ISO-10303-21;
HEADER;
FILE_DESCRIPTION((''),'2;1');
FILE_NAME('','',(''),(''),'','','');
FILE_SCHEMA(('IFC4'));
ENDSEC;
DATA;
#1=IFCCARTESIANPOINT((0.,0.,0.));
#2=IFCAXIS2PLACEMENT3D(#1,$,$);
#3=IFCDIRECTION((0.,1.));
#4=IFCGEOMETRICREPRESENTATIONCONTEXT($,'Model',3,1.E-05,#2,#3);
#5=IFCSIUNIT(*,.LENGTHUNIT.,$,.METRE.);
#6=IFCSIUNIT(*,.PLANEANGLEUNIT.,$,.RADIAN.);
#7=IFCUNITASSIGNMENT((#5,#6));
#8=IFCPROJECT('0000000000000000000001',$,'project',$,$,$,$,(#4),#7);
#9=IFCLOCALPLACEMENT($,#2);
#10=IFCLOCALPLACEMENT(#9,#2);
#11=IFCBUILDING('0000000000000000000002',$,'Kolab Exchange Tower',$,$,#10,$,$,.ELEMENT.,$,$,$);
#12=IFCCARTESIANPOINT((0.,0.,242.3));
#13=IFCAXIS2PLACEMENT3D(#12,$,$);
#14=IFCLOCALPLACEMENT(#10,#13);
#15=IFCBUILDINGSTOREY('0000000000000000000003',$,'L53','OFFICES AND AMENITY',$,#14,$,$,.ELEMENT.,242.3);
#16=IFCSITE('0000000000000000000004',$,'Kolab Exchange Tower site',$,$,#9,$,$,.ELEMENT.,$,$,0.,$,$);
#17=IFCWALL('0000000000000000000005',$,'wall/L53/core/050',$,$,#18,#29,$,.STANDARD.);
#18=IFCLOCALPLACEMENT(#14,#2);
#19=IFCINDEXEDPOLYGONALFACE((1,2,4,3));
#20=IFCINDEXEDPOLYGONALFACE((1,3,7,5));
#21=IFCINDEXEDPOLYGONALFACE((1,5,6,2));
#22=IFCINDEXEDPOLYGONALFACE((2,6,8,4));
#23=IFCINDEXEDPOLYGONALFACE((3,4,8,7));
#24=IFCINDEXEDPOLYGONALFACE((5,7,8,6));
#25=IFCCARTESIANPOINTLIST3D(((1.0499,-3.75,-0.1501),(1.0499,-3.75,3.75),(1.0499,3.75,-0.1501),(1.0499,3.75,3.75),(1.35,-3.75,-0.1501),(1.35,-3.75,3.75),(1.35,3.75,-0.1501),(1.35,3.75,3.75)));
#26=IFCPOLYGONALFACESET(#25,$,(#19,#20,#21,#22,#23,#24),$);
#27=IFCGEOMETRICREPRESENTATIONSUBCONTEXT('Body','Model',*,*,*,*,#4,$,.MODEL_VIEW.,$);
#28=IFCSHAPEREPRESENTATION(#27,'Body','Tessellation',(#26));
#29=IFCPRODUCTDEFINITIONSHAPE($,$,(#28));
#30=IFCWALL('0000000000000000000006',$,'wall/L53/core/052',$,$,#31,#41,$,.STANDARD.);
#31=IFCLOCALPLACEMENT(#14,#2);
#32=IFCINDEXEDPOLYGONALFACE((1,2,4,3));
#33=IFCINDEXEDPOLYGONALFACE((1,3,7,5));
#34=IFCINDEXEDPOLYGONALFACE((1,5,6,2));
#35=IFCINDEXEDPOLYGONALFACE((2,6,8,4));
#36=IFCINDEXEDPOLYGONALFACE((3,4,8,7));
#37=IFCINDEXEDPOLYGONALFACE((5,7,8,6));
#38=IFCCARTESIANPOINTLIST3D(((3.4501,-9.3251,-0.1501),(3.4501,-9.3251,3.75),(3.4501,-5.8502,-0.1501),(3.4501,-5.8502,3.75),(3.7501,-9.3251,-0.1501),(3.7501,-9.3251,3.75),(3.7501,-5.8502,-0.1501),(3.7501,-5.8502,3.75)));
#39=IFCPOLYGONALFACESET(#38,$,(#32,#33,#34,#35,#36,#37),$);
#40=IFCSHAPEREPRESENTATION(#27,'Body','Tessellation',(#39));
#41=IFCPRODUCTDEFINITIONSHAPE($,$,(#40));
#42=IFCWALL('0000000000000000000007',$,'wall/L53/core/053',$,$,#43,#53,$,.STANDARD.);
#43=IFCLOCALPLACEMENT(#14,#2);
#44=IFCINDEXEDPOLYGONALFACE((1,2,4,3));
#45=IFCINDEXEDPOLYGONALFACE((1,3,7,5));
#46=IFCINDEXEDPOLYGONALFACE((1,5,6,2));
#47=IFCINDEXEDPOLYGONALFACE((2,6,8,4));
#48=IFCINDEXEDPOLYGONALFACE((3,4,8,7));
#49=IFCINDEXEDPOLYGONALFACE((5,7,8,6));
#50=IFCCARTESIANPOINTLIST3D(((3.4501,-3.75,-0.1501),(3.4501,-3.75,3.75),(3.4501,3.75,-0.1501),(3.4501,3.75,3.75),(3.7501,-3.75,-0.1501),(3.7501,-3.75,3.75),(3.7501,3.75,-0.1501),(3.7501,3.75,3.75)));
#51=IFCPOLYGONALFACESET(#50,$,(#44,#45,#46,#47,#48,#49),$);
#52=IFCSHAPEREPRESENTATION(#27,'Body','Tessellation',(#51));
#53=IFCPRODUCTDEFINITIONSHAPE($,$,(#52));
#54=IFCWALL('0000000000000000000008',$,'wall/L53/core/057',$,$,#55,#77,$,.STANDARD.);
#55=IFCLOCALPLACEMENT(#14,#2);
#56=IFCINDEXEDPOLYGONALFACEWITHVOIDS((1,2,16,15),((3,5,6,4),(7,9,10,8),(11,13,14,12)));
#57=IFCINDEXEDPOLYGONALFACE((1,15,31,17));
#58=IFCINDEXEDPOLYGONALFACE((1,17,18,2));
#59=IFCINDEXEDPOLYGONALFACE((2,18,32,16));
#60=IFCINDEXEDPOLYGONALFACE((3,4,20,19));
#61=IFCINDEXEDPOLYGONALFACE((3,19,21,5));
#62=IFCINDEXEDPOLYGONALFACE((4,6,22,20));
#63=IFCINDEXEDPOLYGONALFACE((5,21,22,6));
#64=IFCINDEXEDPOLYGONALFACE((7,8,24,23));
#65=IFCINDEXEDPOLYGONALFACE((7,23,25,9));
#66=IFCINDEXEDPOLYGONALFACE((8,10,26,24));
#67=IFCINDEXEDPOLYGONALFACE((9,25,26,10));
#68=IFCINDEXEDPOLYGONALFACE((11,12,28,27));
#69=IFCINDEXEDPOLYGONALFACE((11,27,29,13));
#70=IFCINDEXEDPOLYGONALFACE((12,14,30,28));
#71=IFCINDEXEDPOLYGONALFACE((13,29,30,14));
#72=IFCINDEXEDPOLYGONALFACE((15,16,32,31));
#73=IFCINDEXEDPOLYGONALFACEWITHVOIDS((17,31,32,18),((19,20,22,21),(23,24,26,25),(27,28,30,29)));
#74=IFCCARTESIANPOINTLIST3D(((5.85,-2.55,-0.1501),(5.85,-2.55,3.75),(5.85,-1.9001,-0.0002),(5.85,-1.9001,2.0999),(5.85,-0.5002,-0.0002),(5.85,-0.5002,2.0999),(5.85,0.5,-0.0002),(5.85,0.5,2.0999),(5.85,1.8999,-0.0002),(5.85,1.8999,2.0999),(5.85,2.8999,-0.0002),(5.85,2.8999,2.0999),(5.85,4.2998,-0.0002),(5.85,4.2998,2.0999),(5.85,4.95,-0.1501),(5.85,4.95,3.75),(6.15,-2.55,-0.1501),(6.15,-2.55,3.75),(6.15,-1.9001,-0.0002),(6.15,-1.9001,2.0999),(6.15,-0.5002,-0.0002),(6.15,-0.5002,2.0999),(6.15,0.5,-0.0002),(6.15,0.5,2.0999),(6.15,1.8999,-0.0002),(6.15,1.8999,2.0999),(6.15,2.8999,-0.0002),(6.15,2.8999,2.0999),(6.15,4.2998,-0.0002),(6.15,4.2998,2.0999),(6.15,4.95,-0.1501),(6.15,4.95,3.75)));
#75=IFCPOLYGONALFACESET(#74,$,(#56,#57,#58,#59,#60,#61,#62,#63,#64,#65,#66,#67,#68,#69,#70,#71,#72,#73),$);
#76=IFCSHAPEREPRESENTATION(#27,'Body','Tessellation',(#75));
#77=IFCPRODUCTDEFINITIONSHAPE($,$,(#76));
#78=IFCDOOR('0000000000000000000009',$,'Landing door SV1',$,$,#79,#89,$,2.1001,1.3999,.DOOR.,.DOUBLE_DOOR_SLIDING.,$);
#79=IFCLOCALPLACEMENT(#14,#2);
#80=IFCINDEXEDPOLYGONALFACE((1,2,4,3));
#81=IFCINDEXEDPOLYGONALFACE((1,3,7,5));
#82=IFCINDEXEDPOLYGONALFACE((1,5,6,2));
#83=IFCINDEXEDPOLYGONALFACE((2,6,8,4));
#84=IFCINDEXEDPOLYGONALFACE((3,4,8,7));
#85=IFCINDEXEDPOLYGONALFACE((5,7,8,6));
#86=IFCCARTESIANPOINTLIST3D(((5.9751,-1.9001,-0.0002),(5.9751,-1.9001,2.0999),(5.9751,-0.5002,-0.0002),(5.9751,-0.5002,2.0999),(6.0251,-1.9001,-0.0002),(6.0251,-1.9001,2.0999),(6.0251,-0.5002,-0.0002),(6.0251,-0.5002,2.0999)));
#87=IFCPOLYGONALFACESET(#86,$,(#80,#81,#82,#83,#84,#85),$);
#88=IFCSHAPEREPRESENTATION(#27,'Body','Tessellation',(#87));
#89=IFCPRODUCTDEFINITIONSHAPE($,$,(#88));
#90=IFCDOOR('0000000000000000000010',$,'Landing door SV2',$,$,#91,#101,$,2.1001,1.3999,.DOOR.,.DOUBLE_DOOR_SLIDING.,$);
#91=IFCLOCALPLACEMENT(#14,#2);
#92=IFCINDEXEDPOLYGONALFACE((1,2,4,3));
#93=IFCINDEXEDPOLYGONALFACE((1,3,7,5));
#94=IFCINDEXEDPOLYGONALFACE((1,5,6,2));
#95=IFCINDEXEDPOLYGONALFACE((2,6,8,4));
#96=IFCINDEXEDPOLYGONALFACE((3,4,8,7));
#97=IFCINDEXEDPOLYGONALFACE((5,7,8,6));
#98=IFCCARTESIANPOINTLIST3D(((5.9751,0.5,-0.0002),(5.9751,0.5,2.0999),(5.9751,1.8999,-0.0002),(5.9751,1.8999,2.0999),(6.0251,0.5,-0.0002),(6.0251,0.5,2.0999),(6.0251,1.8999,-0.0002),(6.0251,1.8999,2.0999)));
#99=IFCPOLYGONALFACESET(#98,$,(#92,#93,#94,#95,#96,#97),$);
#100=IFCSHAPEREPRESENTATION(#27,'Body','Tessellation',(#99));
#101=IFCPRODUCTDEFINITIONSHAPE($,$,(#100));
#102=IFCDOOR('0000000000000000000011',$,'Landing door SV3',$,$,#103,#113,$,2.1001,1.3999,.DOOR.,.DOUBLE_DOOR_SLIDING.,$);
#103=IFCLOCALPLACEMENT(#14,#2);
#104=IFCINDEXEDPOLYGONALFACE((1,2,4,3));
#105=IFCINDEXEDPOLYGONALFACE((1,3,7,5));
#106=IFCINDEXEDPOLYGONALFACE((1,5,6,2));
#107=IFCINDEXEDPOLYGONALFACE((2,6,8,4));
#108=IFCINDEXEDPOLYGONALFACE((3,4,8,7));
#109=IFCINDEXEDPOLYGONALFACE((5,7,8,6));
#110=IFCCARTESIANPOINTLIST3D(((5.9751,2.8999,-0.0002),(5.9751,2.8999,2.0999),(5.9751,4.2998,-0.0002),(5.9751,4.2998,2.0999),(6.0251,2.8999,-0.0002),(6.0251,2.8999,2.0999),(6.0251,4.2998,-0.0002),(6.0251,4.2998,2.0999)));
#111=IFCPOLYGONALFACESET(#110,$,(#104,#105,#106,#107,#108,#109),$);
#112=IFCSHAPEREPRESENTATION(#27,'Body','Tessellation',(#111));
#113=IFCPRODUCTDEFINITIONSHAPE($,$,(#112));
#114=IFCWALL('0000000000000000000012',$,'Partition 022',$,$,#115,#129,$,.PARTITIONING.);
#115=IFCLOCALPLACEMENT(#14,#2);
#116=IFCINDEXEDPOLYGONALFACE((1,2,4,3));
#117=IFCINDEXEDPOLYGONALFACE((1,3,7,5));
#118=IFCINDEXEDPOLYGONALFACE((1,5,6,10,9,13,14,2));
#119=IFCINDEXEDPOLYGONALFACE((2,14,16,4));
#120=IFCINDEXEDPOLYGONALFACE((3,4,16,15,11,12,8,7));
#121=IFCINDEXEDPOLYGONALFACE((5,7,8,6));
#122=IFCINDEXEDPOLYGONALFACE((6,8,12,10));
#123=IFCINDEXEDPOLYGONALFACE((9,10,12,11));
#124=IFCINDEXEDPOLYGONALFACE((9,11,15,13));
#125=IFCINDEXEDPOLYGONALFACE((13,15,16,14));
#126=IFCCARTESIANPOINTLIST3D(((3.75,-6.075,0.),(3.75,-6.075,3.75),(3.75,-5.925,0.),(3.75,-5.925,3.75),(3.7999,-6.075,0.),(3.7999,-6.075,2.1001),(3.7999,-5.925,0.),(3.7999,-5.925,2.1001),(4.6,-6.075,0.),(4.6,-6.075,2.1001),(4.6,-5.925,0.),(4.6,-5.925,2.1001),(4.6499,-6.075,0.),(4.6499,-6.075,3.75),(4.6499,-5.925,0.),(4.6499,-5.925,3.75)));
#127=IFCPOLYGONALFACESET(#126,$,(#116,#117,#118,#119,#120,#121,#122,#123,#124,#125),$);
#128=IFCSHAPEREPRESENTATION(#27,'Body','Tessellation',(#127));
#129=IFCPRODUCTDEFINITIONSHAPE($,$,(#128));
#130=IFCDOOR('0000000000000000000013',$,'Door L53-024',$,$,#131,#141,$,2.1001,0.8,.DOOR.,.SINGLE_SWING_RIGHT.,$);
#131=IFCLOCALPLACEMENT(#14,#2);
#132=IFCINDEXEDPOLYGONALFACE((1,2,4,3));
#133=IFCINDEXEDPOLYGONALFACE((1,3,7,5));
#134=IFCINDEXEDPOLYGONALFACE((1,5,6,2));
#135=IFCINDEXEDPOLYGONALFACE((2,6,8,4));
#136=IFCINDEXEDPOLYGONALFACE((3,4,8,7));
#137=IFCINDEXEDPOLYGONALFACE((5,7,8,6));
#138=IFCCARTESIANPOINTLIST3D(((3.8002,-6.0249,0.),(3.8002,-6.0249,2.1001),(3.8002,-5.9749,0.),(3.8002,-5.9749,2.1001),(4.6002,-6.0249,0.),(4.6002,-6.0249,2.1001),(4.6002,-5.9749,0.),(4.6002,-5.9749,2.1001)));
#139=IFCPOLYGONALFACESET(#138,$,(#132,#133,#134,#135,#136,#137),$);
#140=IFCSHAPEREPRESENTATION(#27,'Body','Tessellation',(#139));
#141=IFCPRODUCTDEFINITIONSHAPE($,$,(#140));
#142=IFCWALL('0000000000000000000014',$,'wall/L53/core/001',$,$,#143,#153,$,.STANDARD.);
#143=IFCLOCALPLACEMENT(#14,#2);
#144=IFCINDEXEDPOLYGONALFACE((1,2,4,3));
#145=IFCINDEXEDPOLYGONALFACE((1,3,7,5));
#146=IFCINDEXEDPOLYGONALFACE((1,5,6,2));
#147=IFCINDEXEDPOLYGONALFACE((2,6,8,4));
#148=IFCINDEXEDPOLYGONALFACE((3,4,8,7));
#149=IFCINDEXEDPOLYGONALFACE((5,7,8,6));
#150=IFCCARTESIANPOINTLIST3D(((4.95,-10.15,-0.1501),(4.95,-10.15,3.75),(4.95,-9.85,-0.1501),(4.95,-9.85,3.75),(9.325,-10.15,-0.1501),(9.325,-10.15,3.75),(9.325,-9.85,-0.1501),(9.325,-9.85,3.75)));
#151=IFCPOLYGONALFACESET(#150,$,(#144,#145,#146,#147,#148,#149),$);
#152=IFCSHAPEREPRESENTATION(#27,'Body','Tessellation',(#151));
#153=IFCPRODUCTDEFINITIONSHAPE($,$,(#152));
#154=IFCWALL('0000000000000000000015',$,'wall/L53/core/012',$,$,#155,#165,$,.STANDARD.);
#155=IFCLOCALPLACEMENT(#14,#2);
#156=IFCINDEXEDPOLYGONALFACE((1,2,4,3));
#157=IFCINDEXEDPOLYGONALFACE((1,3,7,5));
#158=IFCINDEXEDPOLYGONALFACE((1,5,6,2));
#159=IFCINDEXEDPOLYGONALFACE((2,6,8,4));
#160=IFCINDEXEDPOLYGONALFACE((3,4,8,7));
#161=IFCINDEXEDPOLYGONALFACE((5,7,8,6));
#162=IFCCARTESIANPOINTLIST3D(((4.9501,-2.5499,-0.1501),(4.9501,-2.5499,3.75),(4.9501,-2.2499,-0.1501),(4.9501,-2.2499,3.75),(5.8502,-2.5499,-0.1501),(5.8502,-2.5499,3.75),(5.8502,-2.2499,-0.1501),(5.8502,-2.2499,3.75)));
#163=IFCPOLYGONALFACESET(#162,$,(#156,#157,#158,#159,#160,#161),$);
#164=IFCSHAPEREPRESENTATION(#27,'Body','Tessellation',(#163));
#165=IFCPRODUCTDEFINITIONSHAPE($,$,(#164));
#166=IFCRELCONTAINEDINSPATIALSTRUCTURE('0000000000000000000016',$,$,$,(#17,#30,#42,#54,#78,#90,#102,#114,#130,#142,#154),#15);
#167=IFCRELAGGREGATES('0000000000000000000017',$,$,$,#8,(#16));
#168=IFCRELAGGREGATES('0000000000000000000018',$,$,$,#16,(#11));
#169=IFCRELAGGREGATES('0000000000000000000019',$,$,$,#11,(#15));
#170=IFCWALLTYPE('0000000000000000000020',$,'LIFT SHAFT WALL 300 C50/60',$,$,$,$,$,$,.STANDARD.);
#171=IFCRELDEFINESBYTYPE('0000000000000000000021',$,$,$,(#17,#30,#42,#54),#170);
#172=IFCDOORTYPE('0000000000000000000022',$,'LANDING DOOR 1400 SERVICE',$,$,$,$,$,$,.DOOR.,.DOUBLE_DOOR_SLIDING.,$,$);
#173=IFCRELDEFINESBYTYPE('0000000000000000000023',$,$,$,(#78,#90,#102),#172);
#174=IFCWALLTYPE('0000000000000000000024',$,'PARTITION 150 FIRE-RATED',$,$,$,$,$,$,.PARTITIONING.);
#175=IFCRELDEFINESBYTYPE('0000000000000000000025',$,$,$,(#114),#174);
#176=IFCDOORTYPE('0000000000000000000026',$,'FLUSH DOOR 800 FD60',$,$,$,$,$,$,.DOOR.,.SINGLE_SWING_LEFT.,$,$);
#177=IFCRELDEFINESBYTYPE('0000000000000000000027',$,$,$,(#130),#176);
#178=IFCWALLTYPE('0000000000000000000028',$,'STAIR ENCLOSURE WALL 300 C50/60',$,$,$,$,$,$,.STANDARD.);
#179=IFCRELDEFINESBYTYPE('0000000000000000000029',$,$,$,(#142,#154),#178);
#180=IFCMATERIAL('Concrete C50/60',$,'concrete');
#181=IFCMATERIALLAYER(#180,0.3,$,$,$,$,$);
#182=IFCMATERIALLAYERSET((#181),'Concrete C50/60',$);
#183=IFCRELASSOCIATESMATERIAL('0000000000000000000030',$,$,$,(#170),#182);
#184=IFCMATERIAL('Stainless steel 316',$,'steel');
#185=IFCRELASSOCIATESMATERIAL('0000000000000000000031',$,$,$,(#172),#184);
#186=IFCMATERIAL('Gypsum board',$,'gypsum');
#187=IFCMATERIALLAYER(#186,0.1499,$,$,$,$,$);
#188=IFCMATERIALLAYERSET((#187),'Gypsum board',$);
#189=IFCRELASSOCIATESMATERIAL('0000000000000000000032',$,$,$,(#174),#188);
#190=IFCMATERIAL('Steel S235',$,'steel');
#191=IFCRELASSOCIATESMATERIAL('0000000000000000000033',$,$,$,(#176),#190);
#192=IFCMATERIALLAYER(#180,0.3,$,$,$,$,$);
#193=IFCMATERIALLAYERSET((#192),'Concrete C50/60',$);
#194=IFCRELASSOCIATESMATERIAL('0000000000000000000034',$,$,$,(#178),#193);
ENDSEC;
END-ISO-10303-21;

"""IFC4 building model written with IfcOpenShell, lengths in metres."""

from ifc_helpers import new_model, si_unit, direction, frame, frame_2d, origin, place, context, subcontext, project, spatial, rectangle, extrude, material, layer, layer_set, type_object, element, fill, save


model = new_model("IFC4")

# Units and contexts
model_context = context("Model", 3, precision=1e-05, world=origin(), true_north=direction((0.0, 1.0)))
body_context = subcontext(model_context, "Body", "Model", "MODEL_VIEW")
ifc_project = project(units=[si_unit("LENGTHUNIT", "METRE"), si_unit("PLANEANGLEUNIT", "RADIAN")], contexts=[model_context])

# Site, building, storey
site_placement = place(None, origin())
site = spatial("IfcSite", under=ifc_project, at=site_placement, Name="Kolab Exchange Tower site", CompositionType="ELEMENT", RefElevation=0.0)
building_placement = place(site_placement, origin())
building = spatial("IfcBuilding", under=site, at=building_placement, Name="Kolab Exchange Tower", CompositionType="ELEMENT")
storey_placement = place(building_placement, frame((0.0, 0.0, 242.3)))
storey = spatial("IfcBuildingStorey", under=building, at=storey_placement, Name="L53", Description="OFFICES AND AMENITY", CompositionType="ELEMENT", Elevation=242.3)

# Shared definitions
ifc_material_1 = material(Name="Concrete C50/60", Category="concrete")
ifc_layer_1 = layer(ifc_material_1, 0.3)
ifc_layer_set_1 = layer_set([ifc_layer_1], Name="Concrete C50/60")
wall_type_1 = type_object("IfcWallType", Name="LIFT SHAFT WALL 300 C50/60", PredefinedType="STANDARD", material=ifc_layer_set_1)
ifc_material_2 = material(Name="Stainless steel 316", Category="steel")

# Walls
wall_1_placement = place(storey_placement, frame((1.2, -3.75, -0.1501), z_axis=(0.0, 0.0, 1.0), x_axis=(0.0, 1.0, 0.0)))
element("IfcWall", 1, at=wall_1_placement, inside=storey, type_object=wall_type_1, Name="wall/L53/core/050", PredefinedType="STANDARD", context=body_context, shape_type="SweptSolid", body=[
    extrude(rectangle(XDim=7.5, YDim=0.3, at=frame_2d((3.75, 0.0))), origin(), (0.0, 0.0, 1.0), 3.9001),
])
wall_2_placement = place(storey_placement, frame((3.6001, -9.325, -0.1501), z_axis=(0.0, 0.0, 1.0), x_axis=(0.0, 1.0, 0.0)))
element("IfcWall", 2, at=wall_2_placement, inside=storey, type_object=wall_type_1, Name="wall/L53/core/052", PredefinedType="STANDARD", context=body_context, shape_type="SweptSolid", body=[
    extrude(rectangle(XDim=3.4749, YDim=0.3, at=frame_2d((1.7373, 0.0))), origin(), (0.0, 0.0, 1.0), 3.9001),
])
wall_3_placement = place(storey_placement, frame((3.6001, -3.75, -0.1501), z_axis=(0.0, 0.0, 1.0), x_axis=(0.0, 1.0, 0.0)))
element("IfcWall", 3, at=wall_3_placement, inside=storey, type_object=wall_type_1, Name="wall/L53/core/053", PredefinedType="STANDARD", context=body_context, shape_type="SweptSolid", body=[
    extrude(rectangle(XDim=7.5, YDim=0.3, at=frame_2d((3.75, 0.0))), origin(), (0.0, 0.0, 1.0), 3.9001),
])

# Wall, openings, doors
wall_4_placement = place(storey_placement, frame((6.0, -2.55, -0.1501), z_axis=(0.0, 0.0, 1.0), x_axis=(0.0, 1.0, 0.0)))
wall_4 = element("IfcWall", 4, at=wall_4_placement, inside=storey, type_object=wall_type_1, Name="wall/L53/core/057", PredefinedType="STANDARD", context=body_context, shape_type="SweptSolid", body=[
    extrude(rectangle(XDim=7.5, YDim=0.3, at=frame_2d((3.75, 0.0))), origin(), (0.0, 0.0, 1.0), 3.9001),
])
opening_1_placement = place(wall_4_placement, frame((0.6499, 0.0, 0.1499)))
opening_1 = element("IfcOpeningElement", 5, at=opening_1_placement, cuts=wall_4, PredefinedType="OPENING", context=body_context, shape_type="SweptSolid", body=[
    extrude(rectangle(XDim=1.3999, YDim=2.1001, at=frame_2d((0.7, 1.05))), frame((0.0, 0.1602, 0.0), z_axis=(0.0, -1.0, 0.0), x_axis=(1.0, 0.0, 0.0)), (0.0, 0.0, 1.0), 0.3201),
])
opening_2_placement = place(wall_4_placement, frame((3.05, 0.0, 0.1499)))
opening_2 = element("IfcOpeningElement", 6, at=opening_2_placement, cuts=wall_4, PredefinedType="OPENING", context=body_context, shape_type="SweptSolid", body=[
    extrude(rectangle(XDim=1.3999, YDim=2.1001, at=frame_2d((0.7, 1.05))), frame((0.0, 0.1602, 0.0), z_axis=(0.0, -1.0, 0.0), x_axis=(1.0, 0.0, 0.0)), (0.0, 0.0, 1.0), 0.3201),
])
opening_3_placement = place(wall_4_placement, frame((5.45, 0.0, 0.1499)))
opening_3 = element("IfcOpeningElement", 7, at=opening_3_placement, cuts=wall_4, PredefinedType="OPENING", context=body_context, shape_type="SweptSolid", body=[
    extrude(rectangle(XDim=1.3999, YDim=2.1001, at=frame_2d((0.7, 1.05))), frame((0.0, 0.1602, 0.0), z_axis=(0.0, -1.0, 0.0), x_axis=(1.0, 0.0, 0.0)), (0.0, 0.0, 1.0), 0.3201),
])
door_type_1 = type_object("IfcDoorType", Name="LANDING DOOR 1400 SERVICE", OperationType="DOUBLE_DOOR_SLIDING", PredefinedType="DOOR", material=ifc_material_2)
door_1_placement = place(opening_1_placement, origin())
door_1 = element("IfcDoor", 8, at=door_1_placement, inside=storey, type_object=door_type_1, Name="Landing door SV1", OperationType="DOUBLE_DOOR_SLIDING", OverallHeight=2.1001, OverallWidth=1.3999, PredefinedType="DOOR", context=body_context, shape_type="SweptSolid", body=[
    extrude(rectangle(XDim=1.3999, YDim=2.1001, at=frame_2d((0.7, 1.05))), frame((0.0, 0.0249, 0.0), z_axis=(0.0, -1.0, 0.0), x_axis=(1.0, 0.0, 0.0)), (0.0, 0.0, 1.0), 0.05),
])
fill(opening_1, door_1)
door_2_placement = place(opening_2_placement, origin())
door_2 = element("IfcDoor", 9, at=door_2_placement, inside=storey, type_object=door_type_1, Name="Landing door SV2", OperationType="DOUBLE_DOOR_SLIDING", OverallHeight=2.1001, OverallWidth=1.3999, PredefinedType="DOOR", context=body_context, shape_type="SweptSolid", body=[
    extrude(rectangle(XDim=1.3999, YDim=2.1001, at=frame_2d((0.7, 1.05))), frame((0.0, 0.0249, 0.0), z_axis=(0.0, -1.0, 0.0), x_axis=(1.0, 0.0, 0.0)), (0.0, 0.0, 1.0), 0.05),
])
fill(opening_2, door_2)
door_3_placement = place(opening_3_placement, origin())
door_3 = element("IfcDoor", 10, at=door_3_placement, inside=storey, type_object=door_type_1, Name="Landing door SV3", OperationType="DOUBLE_DOOR_SLIDING", OverallHeight=2.1001, OverallWidth=1.3999, PredefinedType="DOOR", context=body_context, shape_type="SweptSolid", body=[
    extrude(rectangle(XDim=1.3999, YDim=2.1001, at=frame_2d((0.7, 1.05))), frame((0.0, 0.0249, 0.0), z_axis=(0.0, -1.0, 0.0), x_axis=(1.0, 0.0, 0.0)), (0.0, 0.0, 1.0), 0.05),
])
fill(opening_3, door_3)

# Wall, opening, door
ifc_material_3 = material(Name="Gypsum board", Category="gypsum")
ifc_layer_2 = layer(ifc_material_3, 0.1499)
ifc_layer_set_2 = layer_set([ifc_layer_2], Name="Gypsum board")
wall_type_2 = type_object("IfcWallType", Name="PARTITION 150 FIRE-RATED", PredefinedType="PARTITIONING", material=ifc_layer_set_2)
wall_5_placement = place(storey_placement, frame((3.75, -6.0, 0.0), z_axis=(0.0, 0.0, 1.0), x_axis=(1.0, 0.0, 0.0)))
wall_5 = element("IfcWall", 11, at=wall_5_placement, inside=storey, type_object=wall_type_2, Name="Partition 022", PredefinedType="PARTITIONING", context=body_context, shape_type="SweptSolid", body=[
    extrude(rectangle(XDim=0.8999, YDim=0.1499, at=frame_2d((0.45, 0.0))), origin(), (0.0, 0.0, 1.0), 3.75),
])
opening_4_placement = place(wall_5_placement, frame((0.05, 0.0, 0.0)))
opening_4 = element("IfcOpeningElement", 12, at=opening_4_placement, cuts=wall_5, PredefinedType="OPENING", context=body_context, shape_type="SweptSolid", body=[
    extrude(rectangle(XDim=0.8, YDim=2.1001, at=frame_2d((0.3999, 1.05))), frame((0.0, 0.085, 0.0), z_axis=(0.0, -1.0, 0.0), x_axis=(1.0, 0.0, 0.0)), (0.0, 0.0, 1.0), 0.1699),
])
ifc_material_4 = material(Name="Steel S235", Category="steel")
door_type_2 = type_object("IfcDoorType", Name="FLUSH DOOR 800 FD60", OperationType="SINGLE_SWING_LEFT", PredefinedType="DOOR", material=ifc_material_4)
door_4_placement = place(opening_4_placement, frame((0.8, 0.0, 0.0), z_axis=(0.0, 0.0, 1.0), x_axis=(-1.0, 0.0, 0.0)))
door_4 = element("IfcDoor", 13, at=door_4_placement, inside=storey, type_object=door_type_2, Name="Door L53-024", OperationType="SINGLE_SWING_RIGHT", OverallHeight=2.1001, OverallWidth=0.8, PredefinedType="DOOR", context=body_context, shape_type="SweptSolid", body=[
    extrude(rectangle(XDim=0.8, YDim=2.1001, at=frame_2d((0.3999, 1.05))), frame((0.0, 0.0249, 0.0), z_axis=(0.0, -1.0, 0.0), x_axis=(1.0, 0.0, 0.0)), (0.0, 0.0, 1.0), 0.05),
])
fill(opening_4, door_4)

# Walls
ifc_layer_3 = layer(ifc_material_1, 0.3)
ifc_layer_set_3 = layer_set([ifc_layer_3], Name="Concrete C50/60")
wall_type_3 = type_object("IfcWallType", Name="STAIR ENCLOSURE WALL 300 C50/60", PredefinedType="STANDARD", material=ifc_layer_set_3)
wall_6_placement = place(storey_placement, frame((4.95, -10.0, -0.1501), z_axis=(0.0, 0.0, 1.0), x_axis=(1.0, 0.0, 0.0)))
element("IfcWall", 14, at=wall_6_placement, inside=storey, type_object=wall_type_3, Name="wall/L53/core/001", PredefinedType="STANDARD", context=body_context, shape_type="SweptSolid", body=[
    extrude(rectangle(XDim=4.375, YDim=0.3, at=frame_2d((2.1875, 0.0))), origin(), (0.0, 0.0, 1.0), 3.9001),
])
wall_7_placement = place(storey_placement, frame((4.95, -2.3999, -0.1501), z_axis=(0.0, 0.0, 1.0), x_axis=(1.0, 0.0, 0.0)))
element("IfcWall", 15, at=wall_7_placement, inside=storey, type_object=wall_type_3, Name="wall/L53/core/012", PredefinedType="STANDARD", context=body_context, shape_type="SweptSolid", body=[
    extrude(rectangle(XDim=0.9001, YDim=0.3, at=frame_2d((0.4502, 0.0))), origin(), (0.0, 0.0, 1.0), 3.9001),
])

save(model, "model.ifc")
